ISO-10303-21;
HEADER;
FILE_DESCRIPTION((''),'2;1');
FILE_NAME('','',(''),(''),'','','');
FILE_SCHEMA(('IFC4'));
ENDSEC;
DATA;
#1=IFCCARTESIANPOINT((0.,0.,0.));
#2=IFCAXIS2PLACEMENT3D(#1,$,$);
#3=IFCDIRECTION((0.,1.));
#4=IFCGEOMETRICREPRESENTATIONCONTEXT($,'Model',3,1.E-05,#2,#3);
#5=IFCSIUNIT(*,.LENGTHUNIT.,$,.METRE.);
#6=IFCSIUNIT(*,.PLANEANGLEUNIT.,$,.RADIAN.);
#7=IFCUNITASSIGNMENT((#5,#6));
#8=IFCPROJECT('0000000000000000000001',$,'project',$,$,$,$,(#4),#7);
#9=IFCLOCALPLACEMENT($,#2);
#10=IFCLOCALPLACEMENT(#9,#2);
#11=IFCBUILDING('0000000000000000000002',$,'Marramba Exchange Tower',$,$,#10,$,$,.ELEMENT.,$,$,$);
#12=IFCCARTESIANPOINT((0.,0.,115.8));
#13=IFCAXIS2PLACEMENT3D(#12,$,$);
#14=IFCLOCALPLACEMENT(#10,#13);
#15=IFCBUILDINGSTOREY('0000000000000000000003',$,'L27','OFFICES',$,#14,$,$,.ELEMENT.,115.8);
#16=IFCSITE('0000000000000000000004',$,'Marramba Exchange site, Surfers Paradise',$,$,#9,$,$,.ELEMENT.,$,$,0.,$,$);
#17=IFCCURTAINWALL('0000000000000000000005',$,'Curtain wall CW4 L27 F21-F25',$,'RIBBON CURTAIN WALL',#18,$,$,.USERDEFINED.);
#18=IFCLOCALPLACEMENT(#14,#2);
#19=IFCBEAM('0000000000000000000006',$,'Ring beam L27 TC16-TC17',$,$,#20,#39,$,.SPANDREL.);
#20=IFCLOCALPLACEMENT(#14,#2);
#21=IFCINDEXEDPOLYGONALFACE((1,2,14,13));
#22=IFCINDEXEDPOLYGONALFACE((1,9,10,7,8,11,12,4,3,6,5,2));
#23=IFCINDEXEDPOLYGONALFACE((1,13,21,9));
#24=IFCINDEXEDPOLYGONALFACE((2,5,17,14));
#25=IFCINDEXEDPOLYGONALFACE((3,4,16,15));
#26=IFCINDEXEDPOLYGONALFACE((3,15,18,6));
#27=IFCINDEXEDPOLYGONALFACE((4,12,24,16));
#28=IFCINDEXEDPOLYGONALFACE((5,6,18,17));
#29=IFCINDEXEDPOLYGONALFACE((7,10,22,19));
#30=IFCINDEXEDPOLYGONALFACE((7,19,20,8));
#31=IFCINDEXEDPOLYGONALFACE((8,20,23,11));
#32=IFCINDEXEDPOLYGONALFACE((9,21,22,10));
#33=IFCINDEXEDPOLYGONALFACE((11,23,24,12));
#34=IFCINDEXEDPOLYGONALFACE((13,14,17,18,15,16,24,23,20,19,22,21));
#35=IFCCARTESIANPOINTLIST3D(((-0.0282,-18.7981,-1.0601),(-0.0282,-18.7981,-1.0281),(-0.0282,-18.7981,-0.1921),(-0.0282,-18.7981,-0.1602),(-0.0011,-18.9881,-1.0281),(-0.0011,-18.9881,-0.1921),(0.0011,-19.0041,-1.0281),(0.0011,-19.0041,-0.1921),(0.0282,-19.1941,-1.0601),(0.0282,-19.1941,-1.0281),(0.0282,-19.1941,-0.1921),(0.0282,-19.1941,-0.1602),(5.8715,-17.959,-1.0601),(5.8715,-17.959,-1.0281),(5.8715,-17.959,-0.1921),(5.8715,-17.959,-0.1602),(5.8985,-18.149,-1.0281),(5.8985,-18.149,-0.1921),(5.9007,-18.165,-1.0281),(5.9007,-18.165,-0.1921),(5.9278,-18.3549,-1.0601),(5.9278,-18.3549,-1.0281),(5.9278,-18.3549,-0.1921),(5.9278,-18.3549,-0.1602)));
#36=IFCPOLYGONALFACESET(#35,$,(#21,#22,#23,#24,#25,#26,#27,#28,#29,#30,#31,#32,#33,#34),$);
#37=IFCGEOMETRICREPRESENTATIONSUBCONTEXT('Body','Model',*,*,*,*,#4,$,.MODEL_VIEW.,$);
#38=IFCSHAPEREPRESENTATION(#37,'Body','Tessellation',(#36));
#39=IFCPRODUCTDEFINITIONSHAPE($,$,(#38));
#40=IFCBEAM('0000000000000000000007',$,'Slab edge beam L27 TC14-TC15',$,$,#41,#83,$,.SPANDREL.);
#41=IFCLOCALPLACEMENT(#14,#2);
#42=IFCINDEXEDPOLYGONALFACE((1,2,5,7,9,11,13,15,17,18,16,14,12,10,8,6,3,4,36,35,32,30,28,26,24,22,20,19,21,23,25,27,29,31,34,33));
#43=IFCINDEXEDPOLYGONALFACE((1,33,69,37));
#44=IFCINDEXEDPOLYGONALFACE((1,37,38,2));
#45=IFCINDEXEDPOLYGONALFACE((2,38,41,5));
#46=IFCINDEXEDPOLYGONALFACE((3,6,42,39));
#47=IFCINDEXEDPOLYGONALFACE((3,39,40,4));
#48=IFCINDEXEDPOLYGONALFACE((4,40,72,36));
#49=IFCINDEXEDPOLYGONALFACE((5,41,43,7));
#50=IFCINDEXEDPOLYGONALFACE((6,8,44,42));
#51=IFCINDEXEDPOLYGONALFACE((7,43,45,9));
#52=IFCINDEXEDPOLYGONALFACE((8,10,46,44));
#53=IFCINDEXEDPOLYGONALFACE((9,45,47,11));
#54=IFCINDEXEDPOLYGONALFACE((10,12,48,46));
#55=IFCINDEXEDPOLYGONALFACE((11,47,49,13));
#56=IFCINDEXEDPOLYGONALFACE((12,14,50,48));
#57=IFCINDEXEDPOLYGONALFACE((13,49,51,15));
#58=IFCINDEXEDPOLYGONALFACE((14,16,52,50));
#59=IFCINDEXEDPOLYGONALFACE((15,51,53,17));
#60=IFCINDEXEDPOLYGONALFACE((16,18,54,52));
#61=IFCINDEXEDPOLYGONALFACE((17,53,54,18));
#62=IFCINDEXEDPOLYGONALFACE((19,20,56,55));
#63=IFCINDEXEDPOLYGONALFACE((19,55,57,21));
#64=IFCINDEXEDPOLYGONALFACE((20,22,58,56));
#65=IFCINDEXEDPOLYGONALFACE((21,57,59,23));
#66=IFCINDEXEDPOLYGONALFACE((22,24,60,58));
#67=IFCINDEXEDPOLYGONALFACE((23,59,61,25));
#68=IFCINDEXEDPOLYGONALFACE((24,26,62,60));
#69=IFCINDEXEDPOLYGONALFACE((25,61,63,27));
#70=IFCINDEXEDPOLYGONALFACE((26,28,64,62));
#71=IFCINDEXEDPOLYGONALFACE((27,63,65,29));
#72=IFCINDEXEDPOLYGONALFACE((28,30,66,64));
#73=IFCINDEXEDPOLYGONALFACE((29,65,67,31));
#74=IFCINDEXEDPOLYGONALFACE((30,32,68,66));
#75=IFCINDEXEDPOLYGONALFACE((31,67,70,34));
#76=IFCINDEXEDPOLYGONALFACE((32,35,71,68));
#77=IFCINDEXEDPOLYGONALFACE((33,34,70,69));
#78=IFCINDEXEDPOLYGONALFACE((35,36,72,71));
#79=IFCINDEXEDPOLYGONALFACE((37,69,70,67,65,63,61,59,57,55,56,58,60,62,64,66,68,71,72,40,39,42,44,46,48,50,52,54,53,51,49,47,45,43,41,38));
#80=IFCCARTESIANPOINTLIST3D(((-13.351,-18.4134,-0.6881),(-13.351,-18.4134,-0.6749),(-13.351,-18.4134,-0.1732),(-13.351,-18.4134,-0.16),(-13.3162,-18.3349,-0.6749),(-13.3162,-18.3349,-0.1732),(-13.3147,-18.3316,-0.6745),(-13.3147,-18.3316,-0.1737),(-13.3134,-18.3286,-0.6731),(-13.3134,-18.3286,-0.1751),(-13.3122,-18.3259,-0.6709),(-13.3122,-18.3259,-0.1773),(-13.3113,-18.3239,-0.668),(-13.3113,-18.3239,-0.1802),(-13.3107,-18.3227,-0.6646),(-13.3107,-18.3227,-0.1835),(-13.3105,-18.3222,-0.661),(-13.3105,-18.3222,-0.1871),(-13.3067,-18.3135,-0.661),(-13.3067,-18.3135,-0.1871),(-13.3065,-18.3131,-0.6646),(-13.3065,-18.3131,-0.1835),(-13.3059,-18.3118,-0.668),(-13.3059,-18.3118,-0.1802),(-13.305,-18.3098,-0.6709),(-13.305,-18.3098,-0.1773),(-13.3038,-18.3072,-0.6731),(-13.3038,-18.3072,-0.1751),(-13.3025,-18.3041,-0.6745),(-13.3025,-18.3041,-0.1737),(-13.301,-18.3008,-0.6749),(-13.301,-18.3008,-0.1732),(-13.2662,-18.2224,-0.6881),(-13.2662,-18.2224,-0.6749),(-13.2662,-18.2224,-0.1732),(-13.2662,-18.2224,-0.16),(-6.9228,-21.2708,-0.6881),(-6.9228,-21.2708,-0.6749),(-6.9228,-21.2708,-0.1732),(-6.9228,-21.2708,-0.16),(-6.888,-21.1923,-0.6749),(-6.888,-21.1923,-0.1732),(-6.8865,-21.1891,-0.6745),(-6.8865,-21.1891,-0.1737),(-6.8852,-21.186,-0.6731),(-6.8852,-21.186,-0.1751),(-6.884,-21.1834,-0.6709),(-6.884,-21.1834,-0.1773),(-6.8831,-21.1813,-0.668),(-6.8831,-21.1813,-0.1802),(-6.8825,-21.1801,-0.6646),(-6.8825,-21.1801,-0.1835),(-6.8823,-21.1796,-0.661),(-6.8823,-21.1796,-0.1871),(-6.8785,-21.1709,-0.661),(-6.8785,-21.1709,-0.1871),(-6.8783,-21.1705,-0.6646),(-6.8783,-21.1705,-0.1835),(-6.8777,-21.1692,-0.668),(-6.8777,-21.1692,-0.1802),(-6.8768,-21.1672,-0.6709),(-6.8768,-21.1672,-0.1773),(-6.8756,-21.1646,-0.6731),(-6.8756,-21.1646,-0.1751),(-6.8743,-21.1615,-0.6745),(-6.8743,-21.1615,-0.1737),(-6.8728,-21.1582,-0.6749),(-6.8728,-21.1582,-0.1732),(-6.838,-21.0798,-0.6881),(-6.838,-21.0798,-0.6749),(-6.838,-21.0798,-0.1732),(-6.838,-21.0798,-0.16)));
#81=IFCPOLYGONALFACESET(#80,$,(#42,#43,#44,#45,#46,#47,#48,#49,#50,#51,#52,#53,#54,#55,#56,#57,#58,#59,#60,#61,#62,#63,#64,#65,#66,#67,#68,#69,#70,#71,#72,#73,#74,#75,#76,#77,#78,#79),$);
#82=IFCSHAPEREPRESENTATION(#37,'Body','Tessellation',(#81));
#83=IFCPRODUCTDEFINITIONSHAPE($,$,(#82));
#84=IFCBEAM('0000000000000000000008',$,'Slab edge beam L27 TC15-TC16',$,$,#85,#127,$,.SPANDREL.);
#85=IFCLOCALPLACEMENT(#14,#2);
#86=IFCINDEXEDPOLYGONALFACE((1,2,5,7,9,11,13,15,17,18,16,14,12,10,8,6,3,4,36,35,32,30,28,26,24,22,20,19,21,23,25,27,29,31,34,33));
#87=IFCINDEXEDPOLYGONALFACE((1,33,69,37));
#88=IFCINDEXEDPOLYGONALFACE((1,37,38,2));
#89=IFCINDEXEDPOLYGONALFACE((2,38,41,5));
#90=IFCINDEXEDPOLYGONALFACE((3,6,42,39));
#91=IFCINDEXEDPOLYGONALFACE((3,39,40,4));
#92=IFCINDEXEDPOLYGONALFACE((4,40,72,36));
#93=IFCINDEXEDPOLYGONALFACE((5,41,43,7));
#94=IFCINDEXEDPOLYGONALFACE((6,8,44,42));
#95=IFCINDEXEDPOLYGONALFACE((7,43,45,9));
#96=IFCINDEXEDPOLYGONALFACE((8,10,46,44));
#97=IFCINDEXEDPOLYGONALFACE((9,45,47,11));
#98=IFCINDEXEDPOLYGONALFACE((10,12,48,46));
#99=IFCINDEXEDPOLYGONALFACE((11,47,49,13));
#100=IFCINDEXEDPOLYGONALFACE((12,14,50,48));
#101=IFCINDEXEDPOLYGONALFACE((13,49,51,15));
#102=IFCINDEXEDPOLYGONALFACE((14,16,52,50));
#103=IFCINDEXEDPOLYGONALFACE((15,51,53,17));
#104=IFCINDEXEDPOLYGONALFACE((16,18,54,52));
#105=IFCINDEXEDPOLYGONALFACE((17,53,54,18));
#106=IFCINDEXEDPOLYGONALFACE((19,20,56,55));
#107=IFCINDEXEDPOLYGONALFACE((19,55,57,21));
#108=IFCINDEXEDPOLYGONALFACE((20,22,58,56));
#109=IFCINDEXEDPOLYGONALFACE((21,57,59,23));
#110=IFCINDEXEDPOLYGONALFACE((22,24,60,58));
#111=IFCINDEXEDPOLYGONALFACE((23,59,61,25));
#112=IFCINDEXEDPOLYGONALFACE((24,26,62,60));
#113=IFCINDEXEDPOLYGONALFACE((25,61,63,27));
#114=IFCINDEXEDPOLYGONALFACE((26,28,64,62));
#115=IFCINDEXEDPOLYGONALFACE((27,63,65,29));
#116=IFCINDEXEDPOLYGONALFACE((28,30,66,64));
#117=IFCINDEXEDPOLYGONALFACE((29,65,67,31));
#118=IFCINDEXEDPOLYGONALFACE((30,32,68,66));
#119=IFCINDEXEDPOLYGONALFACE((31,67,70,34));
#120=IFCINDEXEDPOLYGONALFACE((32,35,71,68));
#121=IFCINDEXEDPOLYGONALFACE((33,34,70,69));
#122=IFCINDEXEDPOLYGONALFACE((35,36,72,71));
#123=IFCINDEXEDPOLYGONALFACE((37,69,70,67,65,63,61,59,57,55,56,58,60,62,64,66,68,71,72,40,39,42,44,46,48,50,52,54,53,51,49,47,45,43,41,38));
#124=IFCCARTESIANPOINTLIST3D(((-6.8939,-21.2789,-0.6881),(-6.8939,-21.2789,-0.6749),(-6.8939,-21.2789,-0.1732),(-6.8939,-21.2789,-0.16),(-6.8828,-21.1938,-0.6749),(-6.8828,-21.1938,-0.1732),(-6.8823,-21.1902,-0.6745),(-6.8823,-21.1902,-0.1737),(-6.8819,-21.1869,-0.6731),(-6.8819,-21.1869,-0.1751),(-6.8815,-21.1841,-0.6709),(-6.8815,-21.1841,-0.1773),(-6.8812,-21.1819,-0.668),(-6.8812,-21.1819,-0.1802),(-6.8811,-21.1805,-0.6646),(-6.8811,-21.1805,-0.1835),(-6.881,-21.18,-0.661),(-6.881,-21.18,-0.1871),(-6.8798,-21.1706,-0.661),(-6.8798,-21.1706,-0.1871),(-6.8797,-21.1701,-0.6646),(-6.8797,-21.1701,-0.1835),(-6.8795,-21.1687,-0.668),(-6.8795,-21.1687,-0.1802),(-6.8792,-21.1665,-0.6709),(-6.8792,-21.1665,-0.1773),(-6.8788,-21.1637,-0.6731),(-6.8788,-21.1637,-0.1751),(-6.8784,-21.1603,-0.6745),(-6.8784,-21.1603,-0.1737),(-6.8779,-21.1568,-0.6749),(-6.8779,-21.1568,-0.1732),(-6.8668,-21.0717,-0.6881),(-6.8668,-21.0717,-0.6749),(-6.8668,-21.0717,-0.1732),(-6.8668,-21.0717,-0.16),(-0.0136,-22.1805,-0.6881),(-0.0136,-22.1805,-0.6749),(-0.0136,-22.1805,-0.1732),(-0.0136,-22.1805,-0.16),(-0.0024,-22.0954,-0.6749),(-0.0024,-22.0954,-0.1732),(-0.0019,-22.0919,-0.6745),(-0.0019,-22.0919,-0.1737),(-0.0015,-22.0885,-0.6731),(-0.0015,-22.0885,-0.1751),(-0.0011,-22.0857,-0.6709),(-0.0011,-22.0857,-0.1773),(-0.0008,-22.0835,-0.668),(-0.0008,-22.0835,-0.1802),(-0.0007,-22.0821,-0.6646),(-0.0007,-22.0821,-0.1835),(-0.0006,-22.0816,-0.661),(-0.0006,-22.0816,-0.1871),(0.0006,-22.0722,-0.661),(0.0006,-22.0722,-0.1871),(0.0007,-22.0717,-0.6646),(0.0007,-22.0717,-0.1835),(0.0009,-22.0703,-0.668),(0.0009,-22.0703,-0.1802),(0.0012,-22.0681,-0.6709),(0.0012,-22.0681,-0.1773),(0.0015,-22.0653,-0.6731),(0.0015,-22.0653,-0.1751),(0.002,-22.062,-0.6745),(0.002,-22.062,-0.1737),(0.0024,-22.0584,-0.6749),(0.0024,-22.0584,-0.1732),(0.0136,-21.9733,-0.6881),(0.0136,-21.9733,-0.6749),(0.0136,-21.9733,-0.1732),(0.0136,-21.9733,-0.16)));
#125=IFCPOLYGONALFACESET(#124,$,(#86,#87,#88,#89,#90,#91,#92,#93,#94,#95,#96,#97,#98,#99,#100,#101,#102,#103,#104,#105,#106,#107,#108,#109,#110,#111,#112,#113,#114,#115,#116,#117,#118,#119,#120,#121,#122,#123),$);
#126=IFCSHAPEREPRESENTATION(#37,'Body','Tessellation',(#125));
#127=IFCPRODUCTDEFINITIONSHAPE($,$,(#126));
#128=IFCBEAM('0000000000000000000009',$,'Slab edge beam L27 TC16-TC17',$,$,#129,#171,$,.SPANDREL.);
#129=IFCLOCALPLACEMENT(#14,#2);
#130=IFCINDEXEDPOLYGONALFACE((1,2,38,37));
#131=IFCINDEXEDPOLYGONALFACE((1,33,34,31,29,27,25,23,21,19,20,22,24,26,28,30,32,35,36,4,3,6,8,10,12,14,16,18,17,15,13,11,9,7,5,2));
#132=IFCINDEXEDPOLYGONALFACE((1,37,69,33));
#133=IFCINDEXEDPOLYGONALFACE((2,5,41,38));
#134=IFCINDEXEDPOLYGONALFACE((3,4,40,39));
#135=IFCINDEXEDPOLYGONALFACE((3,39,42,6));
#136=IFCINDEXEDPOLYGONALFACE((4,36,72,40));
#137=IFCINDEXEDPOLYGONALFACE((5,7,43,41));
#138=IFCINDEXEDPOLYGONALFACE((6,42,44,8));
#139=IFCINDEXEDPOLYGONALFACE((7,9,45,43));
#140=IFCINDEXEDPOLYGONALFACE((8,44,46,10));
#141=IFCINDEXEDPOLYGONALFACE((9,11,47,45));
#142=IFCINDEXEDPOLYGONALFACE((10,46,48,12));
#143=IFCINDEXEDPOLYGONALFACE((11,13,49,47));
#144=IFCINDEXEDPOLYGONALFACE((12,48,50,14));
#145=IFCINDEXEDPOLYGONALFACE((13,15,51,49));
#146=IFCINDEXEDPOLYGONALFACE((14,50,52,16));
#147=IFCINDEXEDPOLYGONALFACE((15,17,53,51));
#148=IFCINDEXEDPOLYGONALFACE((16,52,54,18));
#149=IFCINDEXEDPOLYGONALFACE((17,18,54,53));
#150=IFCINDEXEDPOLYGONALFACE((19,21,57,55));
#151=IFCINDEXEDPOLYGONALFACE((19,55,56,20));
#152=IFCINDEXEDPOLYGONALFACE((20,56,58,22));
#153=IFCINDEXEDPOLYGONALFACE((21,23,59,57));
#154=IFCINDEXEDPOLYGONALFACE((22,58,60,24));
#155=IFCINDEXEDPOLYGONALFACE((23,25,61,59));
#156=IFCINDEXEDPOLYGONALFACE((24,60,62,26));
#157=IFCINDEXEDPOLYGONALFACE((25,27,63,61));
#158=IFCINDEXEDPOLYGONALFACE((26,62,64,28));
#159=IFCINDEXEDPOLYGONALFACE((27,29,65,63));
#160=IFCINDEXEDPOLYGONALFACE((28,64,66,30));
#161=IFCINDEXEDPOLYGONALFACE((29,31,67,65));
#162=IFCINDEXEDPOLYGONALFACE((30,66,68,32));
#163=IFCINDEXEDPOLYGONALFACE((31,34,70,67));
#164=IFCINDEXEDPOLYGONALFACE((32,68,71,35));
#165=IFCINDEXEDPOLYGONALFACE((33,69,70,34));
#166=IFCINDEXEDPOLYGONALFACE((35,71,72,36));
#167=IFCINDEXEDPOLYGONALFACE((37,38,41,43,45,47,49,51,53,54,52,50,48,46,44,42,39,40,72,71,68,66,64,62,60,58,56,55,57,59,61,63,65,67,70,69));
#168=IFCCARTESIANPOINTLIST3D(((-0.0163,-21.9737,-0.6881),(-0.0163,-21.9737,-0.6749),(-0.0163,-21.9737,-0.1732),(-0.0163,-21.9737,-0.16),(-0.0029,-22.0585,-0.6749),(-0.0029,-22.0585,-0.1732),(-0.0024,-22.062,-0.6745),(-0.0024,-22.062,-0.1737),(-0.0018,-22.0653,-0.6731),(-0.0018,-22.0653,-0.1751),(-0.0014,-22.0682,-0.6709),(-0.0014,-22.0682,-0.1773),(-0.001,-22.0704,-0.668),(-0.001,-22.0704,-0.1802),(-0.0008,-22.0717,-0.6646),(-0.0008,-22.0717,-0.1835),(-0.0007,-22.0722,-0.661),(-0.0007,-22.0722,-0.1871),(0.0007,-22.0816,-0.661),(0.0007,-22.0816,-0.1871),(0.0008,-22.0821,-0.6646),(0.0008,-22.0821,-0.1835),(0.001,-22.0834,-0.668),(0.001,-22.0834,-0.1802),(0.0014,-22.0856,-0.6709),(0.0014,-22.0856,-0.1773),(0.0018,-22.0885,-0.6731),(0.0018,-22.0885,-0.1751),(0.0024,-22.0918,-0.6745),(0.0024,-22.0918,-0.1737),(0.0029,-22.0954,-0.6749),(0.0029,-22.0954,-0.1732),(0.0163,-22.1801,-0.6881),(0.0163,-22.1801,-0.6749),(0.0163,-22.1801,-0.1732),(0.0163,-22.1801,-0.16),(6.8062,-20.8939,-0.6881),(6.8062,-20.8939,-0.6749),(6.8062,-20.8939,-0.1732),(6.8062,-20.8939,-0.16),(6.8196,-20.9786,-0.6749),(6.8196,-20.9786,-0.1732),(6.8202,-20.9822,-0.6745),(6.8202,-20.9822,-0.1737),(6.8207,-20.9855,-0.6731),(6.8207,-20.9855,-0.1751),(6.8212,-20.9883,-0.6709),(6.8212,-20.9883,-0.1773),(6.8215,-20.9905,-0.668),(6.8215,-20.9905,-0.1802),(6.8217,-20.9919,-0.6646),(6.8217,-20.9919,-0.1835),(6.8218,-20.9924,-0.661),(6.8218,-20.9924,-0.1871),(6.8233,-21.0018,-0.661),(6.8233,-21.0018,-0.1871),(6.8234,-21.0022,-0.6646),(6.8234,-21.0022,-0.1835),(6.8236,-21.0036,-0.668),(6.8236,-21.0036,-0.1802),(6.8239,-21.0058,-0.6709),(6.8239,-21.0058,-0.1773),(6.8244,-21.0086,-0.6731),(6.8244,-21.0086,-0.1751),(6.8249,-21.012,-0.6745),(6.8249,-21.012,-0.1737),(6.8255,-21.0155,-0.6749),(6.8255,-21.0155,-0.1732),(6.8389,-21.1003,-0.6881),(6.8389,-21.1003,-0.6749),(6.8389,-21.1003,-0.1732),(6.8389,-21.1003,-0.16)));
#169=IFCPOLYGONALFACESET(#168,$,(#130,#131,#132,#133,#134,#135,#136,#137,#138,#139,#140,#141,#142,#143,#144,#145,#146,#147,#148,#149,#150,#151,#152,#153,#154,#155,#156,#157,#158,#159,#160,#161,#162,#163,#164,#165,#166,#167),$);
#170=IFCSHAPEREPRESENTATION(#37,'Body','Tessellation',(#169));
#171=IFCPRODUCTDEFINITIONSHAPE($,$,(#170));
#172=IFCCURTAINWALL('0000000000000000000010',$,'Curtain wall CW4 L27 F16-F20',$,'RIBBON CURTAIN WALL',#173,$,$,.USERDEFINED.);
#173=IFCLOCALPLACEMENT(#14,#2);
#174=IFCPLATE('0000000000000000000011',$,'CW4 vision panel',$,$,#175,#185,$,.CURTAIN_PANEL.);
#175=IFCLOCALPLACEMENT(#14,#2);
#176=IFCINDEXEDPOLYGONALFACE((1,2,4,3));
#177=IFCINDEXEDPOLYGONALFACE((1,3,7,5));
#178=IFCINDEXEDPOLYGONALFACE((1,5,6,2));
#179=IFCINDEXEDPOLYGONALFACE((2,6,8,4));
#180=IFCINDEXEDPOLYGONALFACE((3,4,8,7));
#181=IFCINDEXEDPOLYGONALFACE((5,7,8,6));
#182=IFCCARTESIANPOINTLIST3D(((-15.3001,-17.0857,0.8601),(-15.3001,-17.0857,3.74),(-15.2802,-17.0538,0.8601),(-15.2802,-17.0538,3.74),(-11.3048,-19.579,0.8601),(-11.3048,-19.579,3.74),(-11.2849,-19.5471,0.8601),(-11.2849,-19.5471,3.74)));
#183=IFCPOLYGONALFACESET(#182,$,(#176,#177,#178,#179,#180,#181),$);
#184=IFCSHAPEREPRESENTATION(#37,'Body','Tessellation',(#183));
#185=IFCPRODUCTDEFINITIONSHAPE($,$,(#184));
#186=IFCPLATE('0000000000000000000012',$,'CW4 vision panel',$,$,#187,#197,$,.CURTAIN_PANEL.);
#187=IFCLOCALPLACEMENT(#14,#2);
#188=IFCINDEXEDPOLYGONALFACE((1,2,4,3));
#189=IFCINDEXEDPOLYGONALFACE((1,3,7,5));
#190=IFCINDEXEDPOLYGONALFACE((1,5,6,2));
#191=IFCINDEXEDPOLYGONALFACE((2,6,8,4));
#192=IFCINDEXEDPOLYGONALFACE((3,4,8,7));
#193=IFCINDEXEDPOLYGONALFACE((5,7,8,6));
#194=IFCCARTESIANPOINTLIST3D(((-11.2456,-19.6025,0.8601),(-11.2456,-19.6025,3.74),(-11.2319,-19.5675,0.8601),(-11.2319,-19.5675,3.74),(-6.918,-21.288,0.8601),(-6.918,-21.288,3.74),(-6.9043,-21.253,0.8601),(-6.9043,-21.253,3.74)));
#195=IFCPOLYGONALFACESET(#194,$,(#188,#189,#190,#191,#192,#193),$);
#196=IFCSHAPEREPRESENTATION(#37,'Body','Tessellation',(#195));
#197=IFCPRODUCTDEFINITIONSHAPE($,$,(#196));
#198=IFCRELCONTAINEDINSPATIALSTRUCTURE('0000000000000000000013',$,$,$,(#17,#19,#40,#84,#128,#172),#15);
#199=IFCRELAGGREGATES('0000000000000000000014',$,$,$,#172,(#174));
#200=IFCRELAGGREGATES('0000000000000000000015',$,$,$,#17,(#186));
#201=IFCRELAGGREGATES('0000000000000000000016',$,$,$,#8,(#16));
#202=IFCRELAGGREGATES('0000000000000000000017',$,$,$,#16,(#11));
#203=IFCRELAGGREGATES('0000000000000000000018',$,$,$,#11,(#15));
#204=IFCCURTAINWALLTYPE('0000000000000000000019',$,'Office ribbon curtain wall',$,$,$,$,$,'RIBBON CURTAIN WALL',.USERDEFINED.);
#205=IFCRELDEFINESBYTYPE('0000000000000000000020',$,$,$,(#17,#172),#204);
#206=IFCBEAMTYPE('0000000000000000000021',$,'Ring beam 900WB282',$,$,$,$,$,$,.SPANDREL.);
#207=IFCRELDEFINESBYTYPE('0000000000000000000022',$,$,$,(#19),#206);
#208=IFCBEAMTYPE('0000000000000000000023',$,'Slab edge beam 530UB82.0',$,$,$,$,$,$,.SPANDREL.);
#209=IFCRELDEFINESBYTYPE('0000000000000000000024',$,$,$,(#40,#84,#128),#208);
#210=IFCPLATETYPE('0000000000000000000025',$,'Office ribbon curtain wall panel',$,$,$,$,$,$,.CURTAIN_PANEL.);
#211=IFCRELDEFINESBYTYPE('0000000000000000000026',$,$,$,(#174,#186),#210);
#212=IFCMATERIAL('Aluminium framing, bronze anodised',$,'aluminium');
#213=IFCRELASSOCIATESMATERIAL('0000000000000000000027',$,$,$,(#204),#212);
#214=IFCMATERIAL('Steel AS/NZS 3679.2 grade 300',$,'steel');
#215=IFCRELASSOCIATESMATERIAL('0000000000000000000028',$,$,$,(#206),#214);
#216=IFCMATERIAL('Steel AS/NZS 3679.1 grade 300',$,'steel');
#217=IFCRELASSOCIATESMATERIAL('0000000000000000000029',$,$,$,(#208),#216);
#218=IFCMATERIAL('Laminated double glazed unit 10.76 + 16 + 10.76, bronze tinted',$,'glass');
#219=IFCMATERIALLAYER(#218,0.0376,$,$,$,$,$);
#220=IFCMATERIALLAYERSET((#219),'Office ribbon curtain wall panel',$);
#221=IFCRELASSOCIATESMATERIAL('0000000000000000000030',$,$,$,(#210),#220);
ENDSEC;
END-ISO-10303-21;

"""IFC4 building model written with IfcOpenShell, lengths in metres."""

from ifc_helpers import new_model, si_unit, direction, frame, origin, origin_2d, place, context, subcontext, project, spatial, rectangle, i_section, extrude, material, layer, layer_set, material_profile, profile_set, type_object, element, aggregate, save


model = new_model("IFC4")

# Units and contexts
model_context = context("Model", 3, precision=1e-05, world=origin(), true_north=direction((0.0, 1.0)))
body_context = subcontext(model_context, "Body", "Model", "MODEL_VIEW")
ifc_project = project(units=[si_unit("LENGTHUNIT", "METRE"), si_unit("PLANEANGLEUNIT", "RADIAN")], contexts=[model_context])

# Site, building, storey
site_placement = place(None, origin())
site = spatial("IfcSite", under=ifc_project, at=site_placement, Name="Marramba Exchange site, Surfers Paradise", CompositionType="ELEMENT", RefElevation=0.0)
building_placement = place(site_placement, origin())
building = spatial("IfcBuilding", under=site, at=building_placement, Name="Marramba Exchange Tower", CompositionType="ELEMENT")
storey_placement = place(building_placement, frame((0.0, 0.0, 115.8)))
storey = spatial("IfcBuildingStorey", under=building, at=storey_placement, Name="L27", Description="OFFICES", CompositionType="ELEMENT", Elevation=115.8)

# Shared definitions
ifc_material_1 = material(Name="Steel AS/NZS 3679.2 grade 300", Category="steel")

# Curtain wall
ifc_material_2 = material(Name="Aluminium framing, bronze anodised", Category="aluminium")
curtain_wall_type = type_object("IfcCurtainWallType", Name="Office ribbon curtain wall", ElementType="RIBBON CURTAIN WALL", PredefinedType="USERDEFINED", material=ifc_material_2)
curtain_wall_1_placement = place(storey_placement, origin())
curtain_wall_1 = element("IfcCurtainWall", 1, at=curtain_wall_1_placement, inside=storey, type_object=curtain_wall_type, Name="Curtain wall CW4 L27 F21-F25", ObjectType="RIBBON CURTAIN WALL", PredefinedType="USERDEFINED")

# Beams
ifc_material_profile_1 = material_profile(ifc_material_1, i_section(OverallWidth=0.3999, OverallDepth=0.8999, WebThickness=0.0161, FlangeThickness=0.032, at=origin_2d()), Name="900WB282")
ifc_profile_set_1 = profile_set([ifc_material_profile_1], Name="Steel AS/NZS 3679.2 grade 300")
beam_type_1 = type_object("IfcBeamType", Name="Ring beam 900WB282", PredefinedType="SPANDREL", material=ifc_profile_set_1)
for number, where, z_axis, x_axis, name in (
    (2, (0.0, -18.9961, -0.6101), (0.990036, 0.140813, 0.0), (-0.140813, 0.990036, 0.0), "Ring beam L27 TC16-TC17"),
):
    element("IfcBeam", number, at=place(storey_placement, frame(where, z_axis=z_axis, x_axis=x_axis)), inside=storey, type_object=beam_type_1, Name=name, PredefinedType="SPANDREL", context=body_context, shape_type="SweptSolid", body=[
        extrude(i_section(OverallWidth=0.3999, OverallDepth=0.8999, WebThickness=0.0161, FlangeThickness=0.032, at=origin_2d()), origin(), (0.0, 0.0, 1.0), 5.959),
    ])
ifc_material_3 = material(Name="Steel AS/NZS 3679.1 grade 300", Category="steel")
ifc_material_profile_2 = material_profile(ifc_material_3, i_section(OverallWidth=0.209, OverallDepth=0.5281, WebThickness=0.0095, FlangeThickness=0.0132, FilletRadius=0.0139, at=origin_2d()), Name="530UB82.0")
ifc_profile_set_2 = profile_set([ifc_material_profile_2], Name="Steel AS/NZS 3679.1 grade 300")
beam_type_2 = type_object("IfcBeamType", Name="Slab edge beam 530UB82.0", PredefinedType="SPANDREL", material=ifc_profile_set_2)
beam_1_placement = place(storey_placement, frame((-13.3086, -18.3179, -0.4241), z_axis=(0.913789, -0.40619, 0.0), x_axis=(0.40619, 0.913789, 0.0)))
element("IfcBeam", 3, at=beam_1_placement, inside=storey, type_object=beam_type_2, Name="Slab edge beam L27 TC14-TC15", PredefinedType="SPANDREL", context=body_context, shape_type="SweptSolid", body=[
    extrude(i_section(OverallWidth=0.209, OverallDepth=0.5281, WebThickness=0.0095, FlangeThickness=0.0132, FilletRadius=0.0139, at=origin_2d()), origin(), (0.0, 0.0, 1.0), 7.0347),
])
beam_2_placement = place(storey_placement, frame((-6.8804, -21.1753, -0.4241), z_axis=(0.991523, -0.12993, 0.0), x_axis=(0.12993, 0.991523, 0.0)))
element("IfcBeam", 4, at=beam_2_placement, inside=storey, type_object=beam_type_2, Name="Slab edge beam L27 TC15-TC16", PredefinedType="SPANDREL", context=body_context, shape_type="SweptSolid", body=[
    extrude(i_section(OverallWidth=0.209, OverallDepth=0.5281, WebThickness=0.0095, FlangeThickness=0.0132, FilletRadius=0.0139, at=origin_2d()), origin(), (0.0, 0.0, 1.0), 6.9392),
])
beam_3_placement = place(storey_placement, frame((0.0, -22.0769, -0.4241), z_axis=(0.987705, 0.156329, 0.0), x_axis=(-0.156329, 0.987705, 0.0)))
element("IfcBeam", 5, at=beam_3_placement, inside=storey, type_object=beam_type_2, Name="Slab edge beam L27 TC16-TC17", PredefinedType="SPANDREL", context=body_context, shape_type="SweptSolid", body=[
    extrude(i_section(OverallWidth=0.209, OverallDepth=0.5281, WebThickness=0.0095, FlangeThickness=0.0132, FilletRadius=0.0139, at=origin_2d()), origin(), (0.0, 0.0, 1.0), 6.9075),
])

# Curtain wall, plate
curtain_wall_2_placement = place(storey_placement, origin())
curtain_wall_2 = element("IfcCurtainWall", 6, at=curtain_wall_2_placement, inside=storey, type_object=curtain_wall_type, Name="Curtain wall CW4 L27 F16-F20", ObjectType="RIBBON CURTAIN WALL", PredefinedType="USERDEFINED")
ifc_material_4 = material(Name="Laminated double glazed unit 10.76 + 16 + 10.76, bronze tinted", Category="glass")
ifc_layer_1 = layer(ifc_material_4, 0.0376)
ifc_layer_set_1 = layer_set([ifc_layer_1], Name="Office ribbon curtain wall panel")
plate_type = type_object("IfcPlateType", Name="Office ribbon curtain wall panel", PredefinedType="CURTAIN_PANEL", material=ifc_layer_set_1)
plate_1_placement = place(storey_placement, frame((-13.2925, -18.3164, 0.8601), z_axis=(0.0, 0.0, 1.0), x_axis=(0.848355, -0.529428, 0.0)))
plate_1 = element("IfcPlate", 7, at=plate_1_placement, type_object=plate_type, Name="CW4 vision panel", PredefinedType="CURTAIN_PANEL", context=body_context, shape_type="SweptSolid", body=[
    extrude(rectangle(XDim=4.7095, YDim=0.0376, at=origin_2d()), origin(), (0.0, 0.0, 1.0), 2.8799),
])
aggregate(curtain_wall_2, [plate_1])

# Plate
plate_2_placement = place(storey_placement, frame((-9.075, -20.4277, 0.8601), z_axis=(0.0, 0.0, 1.0), x_axis=(0.931818, -0.362925, 0.0)))
plate_2 = element("IfcPlate", 8, at=plate_2_placement, type_object=plate_type, Name="CW4 vision panel", PredefinedType="CURTAIN_PANEL", context=body_context, shape_type="SweptSolid", body=[
    extrude(rectangle(XDim=4.6443, YDim=0.0376, at=origin_2d()), origin(), (0.0, 0.0, 1.0), 2.8799),
])
aggregate(curtain_wall_1, [plate_2])

save(model, "model.ifc")
